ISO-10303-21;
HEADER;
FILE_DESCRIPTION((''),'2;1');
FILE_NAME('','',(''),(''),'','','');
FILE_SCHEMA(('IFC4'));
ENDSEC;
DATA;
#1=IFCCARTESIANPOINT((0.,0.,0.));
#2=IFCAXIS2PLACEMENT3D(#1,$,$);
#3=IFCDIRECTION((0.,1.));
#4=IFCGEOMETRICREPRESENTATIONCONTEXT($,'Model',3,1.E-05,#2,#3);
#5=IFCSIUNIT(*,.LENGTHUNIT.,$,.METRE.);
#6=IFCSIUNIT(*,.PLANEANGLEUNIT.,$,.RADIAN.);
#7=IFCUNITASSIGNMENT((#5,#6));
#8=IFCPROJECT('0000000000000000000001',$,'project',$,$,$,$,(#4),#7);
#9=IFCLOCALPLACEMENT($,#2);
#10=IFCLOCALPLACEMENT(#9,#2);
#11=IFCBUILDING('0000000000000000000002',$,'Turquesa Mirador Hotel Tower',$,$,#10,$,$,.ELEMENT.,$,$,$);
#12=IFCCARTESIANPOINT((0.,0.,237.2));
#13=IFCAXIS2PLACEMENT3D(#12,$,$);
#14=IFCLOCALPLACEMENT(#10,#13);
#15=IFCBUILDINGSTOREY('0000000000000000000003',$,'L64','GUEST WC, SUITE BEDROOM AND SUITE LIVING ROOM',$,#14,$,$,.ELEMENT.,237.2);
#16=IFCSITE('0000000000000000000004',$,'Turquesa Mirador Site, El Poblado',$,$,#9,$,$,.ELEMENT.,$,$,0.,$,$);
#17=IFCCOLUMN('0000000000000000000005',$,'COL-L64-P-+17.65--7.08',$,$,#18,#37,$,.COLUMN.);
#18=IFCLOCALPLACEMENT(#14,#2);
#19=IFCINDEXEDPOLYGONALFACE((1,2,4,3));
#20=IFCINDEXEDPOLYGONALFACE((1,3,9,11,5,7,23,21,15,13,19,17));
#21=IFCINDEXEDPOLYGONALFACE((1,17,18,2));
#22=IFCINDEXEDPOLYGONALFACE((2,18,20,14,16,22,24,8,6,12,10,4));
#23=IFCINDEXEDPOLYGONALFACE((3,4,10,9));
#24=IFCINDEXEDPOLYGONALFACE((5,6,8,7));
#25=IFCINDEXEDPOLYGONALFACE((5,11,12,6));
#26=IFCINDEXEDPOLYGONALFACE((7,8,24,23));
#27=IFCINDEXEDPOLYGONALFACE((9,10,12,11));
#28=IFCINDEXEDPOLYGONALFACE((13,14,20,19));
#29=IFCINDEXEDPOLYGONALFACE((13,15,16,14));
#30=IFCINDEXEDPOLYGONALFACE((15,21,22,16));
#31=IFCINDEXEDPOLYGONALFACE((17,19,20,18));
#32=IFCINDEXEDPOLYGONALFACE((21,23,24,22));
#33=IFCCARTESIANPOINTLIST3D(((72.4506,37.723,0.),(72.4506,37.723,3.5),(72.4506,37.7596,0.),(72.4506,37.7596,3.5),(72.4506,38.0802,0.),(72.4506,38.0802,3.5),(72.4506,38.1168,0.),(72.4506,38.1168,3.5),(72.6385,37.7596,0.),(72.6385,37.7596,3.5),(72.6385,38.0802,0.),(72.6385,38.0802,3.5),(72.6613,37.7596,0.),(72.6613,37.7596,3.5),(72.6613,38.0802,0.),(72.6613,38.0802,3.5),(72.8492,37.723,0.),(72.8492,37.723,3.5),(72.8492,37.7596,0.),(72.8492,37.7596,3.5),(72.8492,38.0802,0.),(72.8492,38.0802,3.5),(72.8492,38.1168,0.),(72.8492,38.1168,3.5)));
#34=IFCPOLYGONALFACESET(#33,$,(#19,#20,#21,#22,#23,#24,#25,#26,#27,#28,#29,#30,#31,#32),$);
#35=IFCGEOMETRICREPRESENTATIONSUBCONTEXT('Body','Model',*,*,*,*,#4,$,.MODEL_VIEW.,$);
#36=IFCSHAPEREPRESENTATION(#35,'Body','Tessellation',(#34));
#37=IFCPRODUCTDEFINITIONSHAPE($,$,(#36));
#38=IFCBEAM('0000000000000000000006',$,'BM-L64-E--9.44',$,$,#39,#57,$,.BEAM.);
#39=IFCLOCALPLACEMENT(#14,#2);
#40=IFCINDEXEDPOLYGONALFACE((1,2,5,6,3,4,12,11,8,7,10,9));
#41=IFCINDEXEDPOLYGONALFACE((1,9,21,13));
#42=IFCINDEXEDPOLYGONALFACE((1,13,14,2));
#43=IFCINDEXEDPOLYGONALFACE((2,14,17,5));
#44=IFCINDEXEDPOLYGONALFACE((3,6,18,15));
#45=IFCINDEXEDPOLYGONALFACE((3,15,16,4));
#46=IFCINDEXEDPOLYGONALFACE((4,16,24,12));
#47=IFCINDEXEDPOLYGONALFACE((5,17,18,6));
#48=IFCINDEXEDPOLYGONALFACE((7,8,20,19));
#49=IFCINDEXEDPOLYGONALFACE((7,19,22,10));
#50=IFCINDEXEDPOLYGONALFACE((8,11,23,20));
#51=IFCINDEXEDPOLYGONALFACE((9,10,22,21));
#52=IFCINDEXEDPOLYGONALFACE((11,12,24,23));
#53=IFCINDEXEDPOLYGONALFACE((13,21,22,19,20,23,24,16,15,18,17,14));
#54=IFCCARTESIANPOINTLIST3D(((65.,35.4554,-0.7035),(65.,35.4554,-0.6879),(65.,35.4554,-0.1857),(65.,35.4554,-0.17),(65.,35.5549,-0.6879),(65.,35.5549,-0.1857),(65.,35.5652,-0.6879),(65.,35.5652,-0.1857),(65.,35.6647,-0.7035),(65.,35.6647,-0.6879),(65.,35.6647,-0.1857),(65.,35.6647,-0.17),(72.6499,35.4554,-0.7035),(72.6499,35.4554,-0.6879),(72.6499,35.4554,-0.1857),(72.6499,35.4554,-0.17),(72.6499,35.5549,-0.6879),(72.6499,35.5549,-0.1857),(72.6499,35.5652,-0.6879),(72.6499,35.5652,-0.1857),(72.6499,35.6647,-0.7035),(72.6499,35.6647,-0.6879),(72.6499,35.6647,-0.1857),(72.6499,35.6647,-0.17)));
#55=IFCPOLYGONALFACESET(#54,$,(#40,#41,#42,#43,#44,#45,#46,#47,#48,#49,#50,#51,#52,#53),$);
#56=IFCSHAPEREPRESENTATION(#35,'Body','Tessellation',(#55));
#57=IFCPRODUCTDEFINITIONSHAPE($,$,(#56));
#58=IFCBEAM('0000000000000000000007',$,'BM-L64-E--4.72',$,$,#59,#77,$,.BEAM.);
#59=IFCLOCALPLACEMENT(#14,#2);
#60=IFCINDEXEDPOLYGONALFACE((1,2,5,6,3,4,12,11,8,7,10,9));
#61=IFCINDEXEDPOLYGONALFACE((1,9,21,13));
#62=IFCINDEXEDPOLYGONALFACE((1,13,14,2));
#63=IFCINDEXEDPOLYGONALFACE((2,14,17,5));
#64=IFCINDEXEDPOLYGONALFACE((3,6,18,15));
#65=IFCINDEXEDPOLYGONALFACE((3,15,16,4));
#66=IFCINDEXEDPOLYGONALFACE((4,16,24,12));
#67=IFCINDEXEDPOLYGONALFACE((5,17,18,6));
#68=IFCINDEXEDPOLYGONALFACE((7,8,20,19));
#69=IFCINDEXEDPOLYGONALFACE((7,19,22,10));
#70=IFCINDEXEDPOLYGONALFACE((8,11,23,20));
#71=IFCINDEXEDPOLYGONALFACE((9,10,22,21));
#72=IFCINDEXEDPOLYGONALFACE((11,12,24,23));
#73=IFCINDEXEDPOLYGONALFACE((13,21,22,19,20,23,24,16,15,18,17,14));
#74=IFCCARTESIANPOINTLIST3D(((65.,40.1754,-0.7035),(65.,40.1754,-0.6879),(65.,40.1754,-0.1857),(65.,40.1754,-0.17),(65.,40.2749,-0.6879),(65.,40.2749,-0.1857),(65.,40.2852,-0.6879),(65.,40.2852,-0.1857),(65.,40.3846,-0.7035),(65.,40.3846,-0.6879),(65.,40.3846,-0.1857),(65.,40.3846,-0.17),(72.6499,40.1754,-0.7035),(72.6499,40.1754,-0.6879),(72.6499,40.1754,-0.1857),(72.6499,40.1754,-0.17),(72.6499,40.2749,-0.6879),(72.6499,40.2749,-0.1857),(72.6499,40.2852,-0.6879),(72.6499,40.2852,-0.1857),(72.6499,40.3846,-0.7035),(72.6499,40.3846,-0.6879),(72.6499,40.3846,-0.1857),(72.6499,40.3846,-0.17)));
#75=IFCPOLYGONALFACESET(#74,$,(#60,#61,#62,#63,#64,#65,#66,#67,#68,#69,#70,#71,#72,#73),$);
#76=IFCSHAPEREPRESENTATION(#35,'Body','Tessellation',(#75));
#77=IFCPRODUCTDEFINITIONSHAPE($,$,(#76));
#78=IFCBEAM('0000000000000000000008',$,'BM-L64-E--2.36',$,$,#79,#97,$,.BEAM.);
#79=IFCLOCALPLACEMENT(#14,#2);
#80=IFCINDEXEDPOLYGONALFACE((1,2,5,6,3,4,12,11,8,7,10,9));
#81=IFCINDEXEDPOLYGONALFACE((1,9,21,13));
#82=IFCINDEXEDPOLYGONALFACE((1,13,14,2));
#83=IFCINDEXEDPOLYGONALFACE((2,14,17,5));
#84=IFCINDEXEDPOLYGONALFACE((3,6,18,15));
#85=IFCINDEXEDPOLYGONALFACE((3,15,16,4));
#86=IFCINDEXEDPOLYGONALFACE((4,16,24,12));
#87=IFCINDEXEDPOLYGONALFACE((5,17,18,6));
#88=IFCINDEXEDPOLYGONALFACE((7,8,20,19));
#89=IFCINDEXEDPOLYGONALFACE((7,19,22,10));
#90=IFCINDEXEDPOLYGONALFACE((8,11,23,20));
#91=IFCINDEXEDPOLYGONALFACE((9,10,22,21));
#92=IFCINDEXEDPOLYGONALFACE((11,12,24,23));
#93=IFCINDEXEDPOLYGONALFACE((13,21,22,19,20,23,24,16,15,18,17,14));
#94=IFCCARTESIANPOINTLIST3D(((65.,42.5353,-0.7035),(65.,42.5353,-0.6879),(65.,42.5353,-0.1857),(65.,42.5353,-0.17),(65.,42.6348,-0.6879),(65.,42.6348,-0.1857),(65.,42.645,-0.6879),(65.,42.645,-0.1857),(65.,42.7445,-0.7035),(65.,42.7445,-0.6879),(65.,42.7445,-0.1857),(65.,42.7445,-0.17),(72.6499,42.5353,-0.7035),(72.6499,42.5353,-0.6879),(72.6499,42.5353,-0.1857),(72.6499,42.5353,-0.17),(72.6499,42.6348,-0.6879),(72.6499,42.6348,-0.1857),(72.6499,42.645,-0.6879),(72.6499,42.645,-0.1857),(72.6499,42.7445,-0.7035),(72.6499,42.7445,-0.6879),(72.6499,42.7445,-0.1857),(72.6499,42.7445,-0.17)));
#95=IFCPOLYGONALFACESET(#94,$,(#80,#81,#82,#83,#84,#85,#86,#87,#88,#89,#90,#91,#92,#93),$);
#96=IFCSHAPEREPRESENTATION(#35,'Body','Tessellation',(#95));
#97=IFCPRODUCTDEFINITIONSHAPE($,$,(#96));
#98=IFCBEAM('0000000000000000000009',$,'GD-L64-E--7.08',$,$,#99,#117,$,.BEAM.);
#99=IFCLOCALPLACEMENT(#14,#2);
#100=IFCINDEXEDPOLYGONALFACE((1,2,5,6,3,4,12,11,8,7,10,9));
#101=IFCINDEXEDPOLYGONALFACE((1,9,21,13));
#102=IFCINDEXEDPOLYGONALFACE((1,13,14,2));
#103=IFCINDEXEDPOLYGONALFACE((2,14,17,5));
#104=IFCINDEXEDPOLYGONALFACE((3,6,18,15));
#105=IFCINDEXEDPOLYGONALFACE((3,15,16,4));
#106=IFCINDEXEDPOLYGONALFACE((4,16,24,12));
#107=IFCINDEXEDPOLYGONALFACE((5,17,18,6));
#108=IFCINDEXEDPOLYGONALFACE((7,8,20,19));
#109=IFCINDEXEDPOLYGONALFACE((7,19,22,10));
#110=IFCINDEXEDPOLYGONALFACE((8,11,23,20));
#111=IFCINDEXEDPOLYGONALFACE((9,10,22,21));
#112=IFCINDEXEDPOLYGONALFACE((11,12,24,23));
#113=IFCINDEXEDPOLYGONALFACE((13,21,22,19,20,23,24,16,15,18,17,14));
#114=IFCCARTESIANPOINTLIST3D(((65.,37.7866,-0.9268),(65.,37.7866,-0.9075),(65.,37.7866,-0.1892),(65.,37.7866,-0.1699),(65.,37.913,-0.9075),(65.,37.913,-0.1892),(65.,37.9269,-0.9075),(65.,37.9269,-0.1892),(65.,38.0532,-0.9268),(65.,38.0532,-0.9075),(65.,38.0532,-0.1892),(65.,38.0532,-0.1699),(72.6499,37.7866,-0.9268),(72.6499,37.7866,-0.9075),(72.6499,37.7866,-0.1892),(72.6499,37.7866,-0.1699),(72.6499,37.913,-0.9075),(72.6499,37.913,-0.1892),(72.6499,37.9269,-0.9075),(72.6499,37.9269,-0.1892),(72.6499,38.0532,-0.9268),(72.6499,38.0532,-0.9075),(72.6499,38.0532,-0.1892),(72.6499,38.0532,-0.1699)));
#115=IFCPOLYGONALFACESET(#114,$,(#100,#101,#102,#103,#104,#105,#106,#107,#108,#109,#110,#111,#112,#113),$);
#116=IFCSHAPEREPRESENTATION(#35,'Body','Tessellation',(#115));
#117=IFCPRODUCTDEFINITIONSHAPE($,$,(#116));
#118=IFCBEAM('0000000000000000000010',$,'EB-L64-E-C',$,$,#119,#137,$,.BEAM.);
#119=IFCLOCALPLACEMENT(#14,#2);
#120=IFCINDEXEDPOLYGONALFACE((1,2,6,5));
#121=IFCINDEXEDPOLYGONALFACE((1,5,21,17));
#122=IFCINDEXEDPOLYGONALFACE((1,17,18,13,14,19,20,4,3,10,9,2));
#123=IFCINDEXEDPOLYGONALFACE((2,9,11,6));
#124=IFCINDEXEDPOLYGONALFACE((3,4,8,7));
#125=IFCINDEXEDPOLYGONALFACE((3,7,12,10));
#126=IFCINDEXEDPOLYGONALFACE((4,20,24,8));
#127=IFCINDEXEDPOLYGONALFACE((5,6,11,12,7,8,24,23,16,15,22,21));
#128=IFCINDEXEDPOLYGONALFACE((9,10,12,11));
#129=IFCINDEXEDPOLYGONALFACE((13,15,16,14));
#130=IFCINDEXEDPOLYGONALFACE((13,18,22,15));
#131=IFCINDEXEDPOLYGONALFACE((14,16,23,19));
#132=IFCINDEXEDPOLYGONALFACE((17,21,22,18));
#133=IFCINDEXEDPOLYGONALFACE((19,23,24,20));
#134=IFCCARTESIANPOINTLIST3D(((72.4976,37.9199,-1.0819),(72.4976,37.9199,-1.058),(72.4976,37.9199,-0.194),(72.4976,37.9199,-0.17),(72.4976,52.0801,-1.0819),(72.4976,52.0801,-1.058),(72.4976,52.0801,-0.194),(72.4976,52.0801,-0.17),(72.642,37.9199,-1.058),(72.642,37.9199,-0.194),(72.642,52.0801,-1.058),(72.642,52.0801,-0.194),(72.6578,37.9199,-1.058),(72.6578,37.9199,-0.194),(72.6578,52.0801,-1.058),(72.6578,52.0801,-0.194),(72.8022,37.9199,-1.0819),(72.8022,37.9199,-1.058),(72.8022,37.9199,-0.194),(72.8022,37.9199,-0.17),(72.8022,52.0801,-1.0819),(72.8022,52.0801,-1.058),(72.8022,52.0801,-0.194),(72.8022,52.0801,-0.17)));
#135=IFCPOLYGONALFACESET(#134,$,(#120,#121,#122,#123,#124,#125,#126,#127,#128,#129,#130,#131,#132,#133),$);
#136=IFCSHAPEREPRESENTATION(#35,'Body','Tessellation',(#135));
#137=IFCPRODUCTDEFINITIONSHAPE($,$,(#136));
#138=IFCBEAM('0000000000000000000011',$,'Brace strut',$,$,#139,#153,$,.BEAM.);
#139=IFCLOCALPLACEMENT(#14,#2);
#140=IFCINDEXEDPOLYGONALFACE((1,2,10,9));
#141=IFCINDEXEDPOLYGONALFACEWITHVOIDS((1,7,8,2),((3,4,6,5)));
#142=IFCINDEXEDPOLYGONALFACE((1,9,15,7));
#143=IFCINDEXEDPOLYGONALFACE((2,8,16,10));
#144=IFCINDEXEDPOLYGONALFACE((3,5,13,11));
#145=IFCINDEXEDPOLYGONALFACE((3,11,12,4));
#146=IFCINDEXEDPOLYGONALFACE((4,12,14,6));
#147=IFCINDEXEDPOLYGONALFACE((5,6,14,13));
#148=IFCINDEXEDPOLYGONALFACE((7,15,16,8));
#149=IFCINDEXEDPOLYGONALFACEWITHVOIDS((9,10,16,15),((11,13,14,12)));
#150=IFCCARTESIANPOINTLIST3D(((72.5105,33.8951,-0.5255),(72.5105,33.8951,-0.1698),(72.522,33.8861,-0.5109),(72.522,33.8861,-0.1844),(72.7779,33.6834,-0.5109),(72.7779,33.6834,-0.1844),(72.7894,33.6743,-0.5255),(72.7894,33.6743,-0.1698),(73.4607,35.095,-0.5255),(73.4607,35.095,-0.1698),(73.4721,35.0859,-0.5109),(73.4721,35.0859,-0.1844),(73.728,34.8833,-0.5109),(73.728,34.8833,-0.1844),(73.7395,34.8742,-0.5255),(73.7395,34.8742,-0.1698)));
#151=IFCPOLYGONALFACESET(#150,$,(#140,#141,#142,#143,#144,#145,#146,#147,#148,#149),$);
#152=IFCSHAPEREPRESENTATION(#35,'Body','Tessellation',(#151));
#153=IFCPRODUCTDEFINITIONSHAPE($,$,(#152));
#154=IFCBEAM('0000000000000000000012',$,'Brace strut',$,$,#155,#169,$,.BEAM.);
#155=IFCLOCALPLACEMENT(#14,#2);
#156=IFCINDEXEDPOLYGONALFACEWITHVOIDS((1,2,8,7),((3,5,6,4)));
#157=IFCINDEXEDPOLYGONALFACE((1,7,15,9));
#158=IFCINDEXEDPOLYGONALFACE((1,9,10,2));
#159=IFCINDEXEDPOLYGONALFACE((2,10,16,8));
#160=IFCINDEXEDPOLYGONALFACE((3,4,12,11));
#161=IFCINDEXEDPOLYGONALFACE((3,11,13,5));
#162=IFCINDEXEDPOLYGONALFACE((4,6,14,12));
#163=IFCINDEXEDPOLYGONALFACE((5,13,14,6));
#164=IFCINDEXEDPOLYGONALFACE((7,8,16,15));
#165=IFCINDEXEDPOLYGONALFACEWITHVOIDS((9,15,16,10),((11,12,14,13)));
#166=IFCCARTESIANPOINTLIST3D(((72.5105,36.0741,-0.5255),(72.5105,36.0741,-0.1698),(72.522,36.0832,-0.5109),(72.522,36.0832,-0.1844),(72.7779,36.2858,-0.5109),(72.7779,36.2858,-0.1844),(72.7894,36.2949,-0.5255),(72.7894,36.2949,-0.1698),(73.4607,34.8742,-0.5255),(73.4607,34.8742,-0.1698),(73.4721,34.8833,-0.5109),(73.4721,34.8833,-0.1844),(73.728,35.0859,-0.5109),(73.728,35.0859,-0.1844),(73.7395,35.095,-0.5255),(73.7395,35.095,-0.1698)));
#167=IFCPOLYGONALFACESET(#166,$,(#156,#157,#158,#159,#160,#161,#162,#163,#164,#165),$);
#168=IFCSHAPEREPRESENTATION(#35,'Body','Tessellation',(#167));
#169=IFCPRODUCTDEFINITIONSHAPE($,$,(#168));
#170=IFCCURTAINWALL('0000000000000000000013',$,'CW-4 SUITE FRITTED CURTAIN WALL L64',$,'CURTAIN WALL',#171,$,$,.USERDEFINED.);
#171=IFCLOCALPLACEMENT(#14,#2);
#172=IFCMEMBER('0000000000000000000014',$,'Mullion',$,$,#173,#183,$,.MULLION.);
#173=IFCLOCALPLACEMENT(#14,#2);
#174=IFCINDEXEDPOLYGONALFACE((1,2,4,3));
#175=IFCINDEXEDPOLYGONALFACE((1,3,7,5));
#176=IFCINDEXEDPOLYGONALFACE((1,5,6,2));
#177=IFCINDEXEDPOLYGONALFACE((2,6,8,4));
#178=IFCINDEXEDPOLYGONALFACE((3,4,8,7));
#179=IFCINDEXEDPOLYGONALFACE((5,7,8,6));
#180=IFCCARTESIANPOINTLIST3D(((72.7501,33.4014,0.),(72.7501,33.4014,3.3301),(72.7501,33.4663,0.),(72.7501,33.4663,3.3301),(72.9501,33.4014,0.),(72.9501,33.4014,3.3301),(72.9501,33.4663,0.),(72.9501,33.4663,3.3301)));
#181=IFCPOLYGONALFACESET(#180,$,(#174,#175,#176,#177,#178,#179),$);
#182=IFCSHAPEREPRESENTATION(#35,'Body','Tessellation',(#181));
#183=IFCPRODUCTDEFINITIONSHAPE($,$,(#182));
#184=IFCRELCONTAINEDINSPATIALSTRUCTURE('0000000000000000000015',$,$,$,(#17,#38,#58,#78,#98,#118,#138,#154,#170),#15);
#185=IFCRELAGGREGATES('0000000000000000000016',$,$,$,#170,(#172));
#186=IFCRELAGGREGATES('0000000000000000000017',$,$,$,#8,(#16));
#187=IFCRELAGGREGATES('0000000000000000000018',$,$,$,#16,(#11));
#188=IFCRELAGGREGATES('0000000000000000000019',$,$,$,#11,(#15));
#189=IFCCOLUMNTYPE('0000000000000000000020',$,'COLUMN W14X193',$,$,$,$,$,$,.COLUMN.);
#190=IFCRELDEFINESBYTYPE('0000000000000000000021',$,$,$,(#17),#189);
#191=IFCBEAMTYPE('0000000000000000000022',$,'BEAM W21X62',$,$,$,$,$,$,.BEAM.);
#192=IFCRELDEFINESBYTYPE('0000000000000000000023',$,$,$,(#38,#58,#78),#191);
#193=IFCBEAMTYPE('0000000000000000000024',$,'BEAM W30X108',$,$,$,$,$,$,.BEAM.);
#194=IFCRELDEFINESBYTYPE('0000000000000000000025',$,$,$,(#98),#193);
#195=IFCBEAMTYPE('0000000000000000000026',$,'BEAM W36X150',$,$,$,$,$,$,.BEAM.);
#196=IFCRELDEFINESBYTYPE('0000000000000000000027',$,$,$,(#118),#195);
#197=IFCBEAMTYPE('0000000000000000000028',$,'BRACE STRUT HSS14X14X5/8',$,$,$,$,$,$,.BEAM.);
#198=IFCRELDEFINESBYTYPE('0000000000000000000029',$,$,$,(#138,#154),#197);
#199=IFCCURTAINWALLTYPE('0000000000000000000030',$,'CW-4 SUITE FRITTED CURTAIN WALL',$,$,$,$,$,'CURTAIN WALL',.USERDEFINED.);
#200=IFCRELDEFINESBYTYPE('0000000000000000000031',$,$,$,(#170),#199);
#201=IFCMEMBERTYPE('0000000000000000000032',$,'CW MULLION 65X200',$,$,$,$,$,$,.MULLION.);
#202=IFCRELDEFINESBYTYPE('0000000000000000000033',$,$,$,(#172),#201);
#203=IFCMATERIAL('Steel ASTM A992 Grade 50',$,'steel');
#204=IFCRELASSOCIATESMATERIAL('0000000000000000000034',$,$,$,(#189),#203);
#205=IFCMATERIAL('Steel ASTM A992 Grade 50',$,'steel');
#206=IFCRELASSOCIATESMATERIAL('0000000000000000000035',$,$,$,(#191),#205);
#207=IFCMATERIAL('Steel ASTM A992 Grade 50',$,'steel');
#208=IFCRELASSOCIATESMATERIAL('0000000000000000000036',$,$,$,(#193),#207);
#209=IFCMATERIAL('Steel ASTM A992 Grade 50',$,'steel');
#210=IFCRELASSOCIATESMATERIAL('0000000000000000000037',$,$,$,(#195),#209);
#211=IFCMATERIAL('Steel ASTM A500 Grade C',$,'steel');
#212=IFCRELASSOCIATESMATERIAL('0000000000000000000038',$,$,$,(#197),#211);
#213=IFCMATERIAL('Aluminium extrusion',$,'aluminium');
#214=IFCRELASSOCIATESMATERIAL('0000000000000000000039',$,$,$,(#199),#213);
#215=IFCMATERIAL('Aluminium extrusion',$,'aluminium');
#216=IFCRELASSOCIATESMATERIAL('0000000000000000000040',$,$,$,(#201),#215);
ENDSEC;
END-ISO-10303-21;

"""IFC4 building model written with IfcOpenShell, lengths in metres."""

from ifc_helpers import new_model, si_unit, direction, frame, origin, origin_2d, place, context, subcontext, project, spatial, rectangle, hollow_rectangle, i_section, extrude, material, material_profile, profile_set, type_object, element, aggregate, save


model = new_model("IFC4")

# Units and contexts
model_context = context("Model", 3, precision=1e-05, world=origin(), true_north=direction((0.0, 1.0)))
body_context = subcontext(model_context, "Body", "Model", "MODEL_VIEW")
ifc_project = project(units=[si_unit("LENGTHUNIT", "METRE"), si_unit("PLANEANGLEUNIT", "RADIAN")], contexts=[model_context])

# Site, building, storey
site_placement = place(None, origin())
site = spatial("IfcSite", under=ifc_project, at=site_placement, Name="Turquesa Mirador Site, El Poblado", CompositionType="ELEMENT", RefElevation=0.0)
building_placement = place(site_placement, origin())
building = spatial("IfcBuilding", under=site, at=building_placement, Name="Turquesa Mirador Hotel Tower", CompositionType="ELEMENT")
storey_placement = place(building_placement, frame((0.0, 0.0, 237.2)))
storey = spatial("IfcBuildingStorey", under=building, at=storey_placement, Name="L64", Description="GUEST WC, SUITE BEDROOM AND SUITE LIVING ROOM", CompositionType="ELEMENT", Elevation=237.2)

# Column
ifc_material_1 = material(Name="Steel ASTM A992 Grade 50", Category="steel")
ifc_material_profile_1 = material_profile(ifc_material_1, i_section(OverallWidth=0.3987, OverallDepth=0.3938, WebThickness=0.0227, FlangeThickness=0.0366, at=origin_2d()), Name="W14X193")
ifc_profile_set_1 = profile_set([ifc_material_profile_1], Name="Steel ASTM A992 Grade 50")
column_type = type_object("IfcColumnType", Name="COLUMN W14X193", PredefinedType="COLUMN", material=ifc_profile_set_1)
column_placement = place(storey_placement, frame((72.6499, 37.9199, 0.0), z_axis=(0.0, 0.0, 1.0), x_axis=(1.0, 0.0, 0.0)))
element("IfcColumn", 1, at=column_placement, inside=storey, type_object=column_type, Name="COL-L64-P-+17.65--7.08", PredefinedType="COLUMN", context=body_context, shape_type="SweptSolid", body=[
    extrude(i_section(OverallWidth=0.3987, OverallDepth=0.3938, WebThickness=0.0227, FlangeThickness=0.0366, at=origin_2d()), origin(), (0.0, 0.0, 1.0), 3.5),
])

# Beams
ifc_material_2 = material(Name="Steel ASTM A992 Grade 50", Category="steel")
ifc_material_profile_2 = material_profile(ifc_material_2, i_section(OverallWidth=0.2092, OverallDepth=0.5334, WebThickness=0.0103, FlangeThickness=0.0156, at=origin_2d()), Name="W21X62")
ifc_profile_set_2 = profile_set([ifc_material_profile_2], Name="Steel ASTM A992 Grade 50")
beam_type_1 = type_object("IfcBeamType", Name="BEAM W21X62", PredefinedType="BEAM", material=ifc_profile_set_2)
for number, where, z_axis, x_axis, name in (
    (2, (72.6499, 35.5601, -0.4368), (-1.0, 0.0, 0.0), (0.0, -1.0, 0.0), "BM-L64-E--9.44"),
    (3, (72.6499, 40.28, -0.4368), (-1.0, 0.0, 0.0), (0.0, -1.0, 0.0), "BM-L64-E--4.72"),
    (4, (72.6499, 42.6399, -0.4368), (-1.0, 0.0, 0.0), (0.0, -1.0, 0.0), "BM-L64-E--2.36"),
):
    element("IfcBeam", number, at=place(storey_placement, frame(where, z_axis=z_axis, x_axis=x_axis)), inside=storey, type_object=beam_type_1, Name=name, PredefinedType="BEAM", context=body_context, shape_type="SweptSolid", body=[
        extrude(i_section(OverallWidth=0.2092, OverallDepth=0.5334, WebThickness=0.0103, FlangeThickness=0.0156, at=origin_2d()), origin(), (0.0, 0.0, 1.0), 7.6499),
    ])
ifc_material_3 = material(Name="Steel ASTM A992 Grade 50", Category="steel")
ifc_material_profile_3 = material_profile(ifc_material_3, i_section(OverallWidth=0.2666, OverallDepth=0.7568, WebThickness=0.0139, FlangeThickness=0.0193, at=origin_2d()), Name="W30X108")
ifc_profile_set_3 = profile_set([ifc_material_profile_3], Name="Steel ASTM A992 Grade 50")
beam_type_2 = type_object("IfcBeamType", Name="BEAM W30X108", PredefinedType="BEAM", material=ifc_profile_set_3)
beam_1_placement = place(storey_placement, frame((72.6499, 37.9199, -0.5483), z_axis=(-1.0, 0.0, 0.0), x_axis=(0.0, -1.0, 0.0)))
element("IfcBeam", 5, at=beam_1_placement, inside=storey, type_object=beam_type_2, Name="GD-L64-E--7.08", PredefinedType="BEAM", context=body_context, shape_type="SweptSolid", body=[
    extrude(i_section(OverallWidth=0.2666, OverallDepth=0.7568, WebThickness=0.0139, FlangeThickness=0.0193, at=origin_2d()), origin(), (0.0, 0.0, 1.0), 7.6499),
])
ifc_material_4 = material(Name="Steel ASTM A992 Grade 50", Category="steel")
ifc_material_profile_4 = material_profile(ifc_material_4, i_section(OverallWidth=0.3047, OverallDepth=0.9119, WebThickness=0.0159, FlangeThickness=0.0239, at=origin_2d()), Name="W36X150")
ifc_profile_set_4 = profile_set([ifc_material_profile_4], Name="Steel ASTM A992 Grade 50")
beam_type_3 = type_object("IfcBeamType", Name="BEAM W36X150", PredefinedType="BEAM", material=ifc_profile_set_4)
beam_2_placement = place(storey_placement, frame((72.6499, 37.9199, -0.626), z_axis=(0.0, 1.0, 0.0), x_axis=(-1.0, 0.0, 0.0)))
element("IfcBeam", 6, at=beam_2_placement, inside=storey, type_object=beam_type_3, Name="EB-L64-E-C", PredefinedType="BEAM", context=body_context, shape_type="SweptSolid", body=[
    extrude(i_section(OverallWidth=0.3047, OverallDepth=0.9119, WebThickness=0.0159, FlangeThickness=0.0239, at=origin_2d()), origin(), (0.0, 0.0, 1.0), 14.1602),
])
ifc_material_5 = material(Name="Steel ASTM A500 Grade C", Category="steel")
ifc_material_profile_5 = material_profile(ifc_material_5, hollow_rectangle(XDim=0.3557, YDim=0.3557, WallThickness=0.0146, at=origin_2d()), Name="HSS14X14X5/8")
ifc_profile_set_5 = profile_set([ifc_material_profile_5], Name="Steel ASTM A500 Grade C")
beam_type_4 = type_object("IfcBeamType", Name="BRACE STRUT HSS14X14X5/8", PredefinedType="BEAM", material=ifc_profile_set_5)
for number, where, z_axis, x_axis, name in (
    (7, (73.6001, 34.9846, -0.3477), (-0.620797, -0.783971, 0.0), (0.783971, -0.620797, 0.0), "Brace strut"),
    (8, (73.6001, 34.9846, -0.3477), (-0.620797, 0.783971, 0.0), (-0.783971, -0.620797, 0.0), "Brace strut"),
):
    element("IfcBeam", number, at=place(storey_placement, frame(where, z_axis=z_axis, x_axis=x_axis)), inside=storey, type_object=beam_type_4, Name=name, PredefinedType="BEAM", context=body_context, shape_type="SweptSolid", body=[
        extrude(hollow_rectangle(XDim=0.3557, YDim=0.3557, WallThickness=0.0146, at=origin_2d()), origin(), (0.0, 0.0, 1.0), 1.5305),
    ])

# Curtain wall, member
ifc_material_6 = material(Name="Aluminium extrusion", Category="aluminium")
curtain_wall_type = type_object("IfcCurtainWallType", Name="CW-4 SUITE FRITTED CURTAIN WALL", ElementType="CURTAIN WALL", PredefinedType="USERDEFINED", material=ifc_material_6)
curtain_wall_1_placement = place(storey_placement, origin())
curtain_wall_1 = element("IfcCurtainWall", 9, at=curtain_wall_1_placement, inside=storey, type_object=curtain_wall_type, Name="CW-4 SUITE FRITTED CURTAIN WALL L64", ObjectType="CURTAIN WALL", PredefinedType="USERDEFINED")
ifc_material_7 = material(Name="Aluminium extrusion", Category="aluminium")
ifc_material_profile_6 = material_profile(ifc_material_7, rectangle(XDim=0.0649, YDim=0.2, at=origin_2d()), Name="MULLION 65X200")
ifc_profile_set_6 = profile_set([ifc_material_profile_6], Name="Aluminium extrusion")
member_type_1 = type_object("IfcMemberType", Name="CW MULLION 65X200", PredefinedType="MULLION", material=ifc_profile_set_6)
member_1_placement = place(storey_placement, frame((72.8501, 33.4338, 0.0), z_axis=(0.0, 0.0, 1.0), x_axis=(0.0, 1.0, 0.0)))
member_1 = element("IfcMember", 10, at=member_1_placement, type_object=member_type_1, Name="Mullion", PredefinedType="MULLION", context=body_context, shape_type="SweptSolid", body=[
    extrude(rectangle(XDim=0.0649, YDim=0.2, at=origin_2d()), origin(), (0.0, 0.0, 1.0), 3.3301),
])

aggregate(curtain_wall_1, [member_1])

save(model, "model.ifc")
